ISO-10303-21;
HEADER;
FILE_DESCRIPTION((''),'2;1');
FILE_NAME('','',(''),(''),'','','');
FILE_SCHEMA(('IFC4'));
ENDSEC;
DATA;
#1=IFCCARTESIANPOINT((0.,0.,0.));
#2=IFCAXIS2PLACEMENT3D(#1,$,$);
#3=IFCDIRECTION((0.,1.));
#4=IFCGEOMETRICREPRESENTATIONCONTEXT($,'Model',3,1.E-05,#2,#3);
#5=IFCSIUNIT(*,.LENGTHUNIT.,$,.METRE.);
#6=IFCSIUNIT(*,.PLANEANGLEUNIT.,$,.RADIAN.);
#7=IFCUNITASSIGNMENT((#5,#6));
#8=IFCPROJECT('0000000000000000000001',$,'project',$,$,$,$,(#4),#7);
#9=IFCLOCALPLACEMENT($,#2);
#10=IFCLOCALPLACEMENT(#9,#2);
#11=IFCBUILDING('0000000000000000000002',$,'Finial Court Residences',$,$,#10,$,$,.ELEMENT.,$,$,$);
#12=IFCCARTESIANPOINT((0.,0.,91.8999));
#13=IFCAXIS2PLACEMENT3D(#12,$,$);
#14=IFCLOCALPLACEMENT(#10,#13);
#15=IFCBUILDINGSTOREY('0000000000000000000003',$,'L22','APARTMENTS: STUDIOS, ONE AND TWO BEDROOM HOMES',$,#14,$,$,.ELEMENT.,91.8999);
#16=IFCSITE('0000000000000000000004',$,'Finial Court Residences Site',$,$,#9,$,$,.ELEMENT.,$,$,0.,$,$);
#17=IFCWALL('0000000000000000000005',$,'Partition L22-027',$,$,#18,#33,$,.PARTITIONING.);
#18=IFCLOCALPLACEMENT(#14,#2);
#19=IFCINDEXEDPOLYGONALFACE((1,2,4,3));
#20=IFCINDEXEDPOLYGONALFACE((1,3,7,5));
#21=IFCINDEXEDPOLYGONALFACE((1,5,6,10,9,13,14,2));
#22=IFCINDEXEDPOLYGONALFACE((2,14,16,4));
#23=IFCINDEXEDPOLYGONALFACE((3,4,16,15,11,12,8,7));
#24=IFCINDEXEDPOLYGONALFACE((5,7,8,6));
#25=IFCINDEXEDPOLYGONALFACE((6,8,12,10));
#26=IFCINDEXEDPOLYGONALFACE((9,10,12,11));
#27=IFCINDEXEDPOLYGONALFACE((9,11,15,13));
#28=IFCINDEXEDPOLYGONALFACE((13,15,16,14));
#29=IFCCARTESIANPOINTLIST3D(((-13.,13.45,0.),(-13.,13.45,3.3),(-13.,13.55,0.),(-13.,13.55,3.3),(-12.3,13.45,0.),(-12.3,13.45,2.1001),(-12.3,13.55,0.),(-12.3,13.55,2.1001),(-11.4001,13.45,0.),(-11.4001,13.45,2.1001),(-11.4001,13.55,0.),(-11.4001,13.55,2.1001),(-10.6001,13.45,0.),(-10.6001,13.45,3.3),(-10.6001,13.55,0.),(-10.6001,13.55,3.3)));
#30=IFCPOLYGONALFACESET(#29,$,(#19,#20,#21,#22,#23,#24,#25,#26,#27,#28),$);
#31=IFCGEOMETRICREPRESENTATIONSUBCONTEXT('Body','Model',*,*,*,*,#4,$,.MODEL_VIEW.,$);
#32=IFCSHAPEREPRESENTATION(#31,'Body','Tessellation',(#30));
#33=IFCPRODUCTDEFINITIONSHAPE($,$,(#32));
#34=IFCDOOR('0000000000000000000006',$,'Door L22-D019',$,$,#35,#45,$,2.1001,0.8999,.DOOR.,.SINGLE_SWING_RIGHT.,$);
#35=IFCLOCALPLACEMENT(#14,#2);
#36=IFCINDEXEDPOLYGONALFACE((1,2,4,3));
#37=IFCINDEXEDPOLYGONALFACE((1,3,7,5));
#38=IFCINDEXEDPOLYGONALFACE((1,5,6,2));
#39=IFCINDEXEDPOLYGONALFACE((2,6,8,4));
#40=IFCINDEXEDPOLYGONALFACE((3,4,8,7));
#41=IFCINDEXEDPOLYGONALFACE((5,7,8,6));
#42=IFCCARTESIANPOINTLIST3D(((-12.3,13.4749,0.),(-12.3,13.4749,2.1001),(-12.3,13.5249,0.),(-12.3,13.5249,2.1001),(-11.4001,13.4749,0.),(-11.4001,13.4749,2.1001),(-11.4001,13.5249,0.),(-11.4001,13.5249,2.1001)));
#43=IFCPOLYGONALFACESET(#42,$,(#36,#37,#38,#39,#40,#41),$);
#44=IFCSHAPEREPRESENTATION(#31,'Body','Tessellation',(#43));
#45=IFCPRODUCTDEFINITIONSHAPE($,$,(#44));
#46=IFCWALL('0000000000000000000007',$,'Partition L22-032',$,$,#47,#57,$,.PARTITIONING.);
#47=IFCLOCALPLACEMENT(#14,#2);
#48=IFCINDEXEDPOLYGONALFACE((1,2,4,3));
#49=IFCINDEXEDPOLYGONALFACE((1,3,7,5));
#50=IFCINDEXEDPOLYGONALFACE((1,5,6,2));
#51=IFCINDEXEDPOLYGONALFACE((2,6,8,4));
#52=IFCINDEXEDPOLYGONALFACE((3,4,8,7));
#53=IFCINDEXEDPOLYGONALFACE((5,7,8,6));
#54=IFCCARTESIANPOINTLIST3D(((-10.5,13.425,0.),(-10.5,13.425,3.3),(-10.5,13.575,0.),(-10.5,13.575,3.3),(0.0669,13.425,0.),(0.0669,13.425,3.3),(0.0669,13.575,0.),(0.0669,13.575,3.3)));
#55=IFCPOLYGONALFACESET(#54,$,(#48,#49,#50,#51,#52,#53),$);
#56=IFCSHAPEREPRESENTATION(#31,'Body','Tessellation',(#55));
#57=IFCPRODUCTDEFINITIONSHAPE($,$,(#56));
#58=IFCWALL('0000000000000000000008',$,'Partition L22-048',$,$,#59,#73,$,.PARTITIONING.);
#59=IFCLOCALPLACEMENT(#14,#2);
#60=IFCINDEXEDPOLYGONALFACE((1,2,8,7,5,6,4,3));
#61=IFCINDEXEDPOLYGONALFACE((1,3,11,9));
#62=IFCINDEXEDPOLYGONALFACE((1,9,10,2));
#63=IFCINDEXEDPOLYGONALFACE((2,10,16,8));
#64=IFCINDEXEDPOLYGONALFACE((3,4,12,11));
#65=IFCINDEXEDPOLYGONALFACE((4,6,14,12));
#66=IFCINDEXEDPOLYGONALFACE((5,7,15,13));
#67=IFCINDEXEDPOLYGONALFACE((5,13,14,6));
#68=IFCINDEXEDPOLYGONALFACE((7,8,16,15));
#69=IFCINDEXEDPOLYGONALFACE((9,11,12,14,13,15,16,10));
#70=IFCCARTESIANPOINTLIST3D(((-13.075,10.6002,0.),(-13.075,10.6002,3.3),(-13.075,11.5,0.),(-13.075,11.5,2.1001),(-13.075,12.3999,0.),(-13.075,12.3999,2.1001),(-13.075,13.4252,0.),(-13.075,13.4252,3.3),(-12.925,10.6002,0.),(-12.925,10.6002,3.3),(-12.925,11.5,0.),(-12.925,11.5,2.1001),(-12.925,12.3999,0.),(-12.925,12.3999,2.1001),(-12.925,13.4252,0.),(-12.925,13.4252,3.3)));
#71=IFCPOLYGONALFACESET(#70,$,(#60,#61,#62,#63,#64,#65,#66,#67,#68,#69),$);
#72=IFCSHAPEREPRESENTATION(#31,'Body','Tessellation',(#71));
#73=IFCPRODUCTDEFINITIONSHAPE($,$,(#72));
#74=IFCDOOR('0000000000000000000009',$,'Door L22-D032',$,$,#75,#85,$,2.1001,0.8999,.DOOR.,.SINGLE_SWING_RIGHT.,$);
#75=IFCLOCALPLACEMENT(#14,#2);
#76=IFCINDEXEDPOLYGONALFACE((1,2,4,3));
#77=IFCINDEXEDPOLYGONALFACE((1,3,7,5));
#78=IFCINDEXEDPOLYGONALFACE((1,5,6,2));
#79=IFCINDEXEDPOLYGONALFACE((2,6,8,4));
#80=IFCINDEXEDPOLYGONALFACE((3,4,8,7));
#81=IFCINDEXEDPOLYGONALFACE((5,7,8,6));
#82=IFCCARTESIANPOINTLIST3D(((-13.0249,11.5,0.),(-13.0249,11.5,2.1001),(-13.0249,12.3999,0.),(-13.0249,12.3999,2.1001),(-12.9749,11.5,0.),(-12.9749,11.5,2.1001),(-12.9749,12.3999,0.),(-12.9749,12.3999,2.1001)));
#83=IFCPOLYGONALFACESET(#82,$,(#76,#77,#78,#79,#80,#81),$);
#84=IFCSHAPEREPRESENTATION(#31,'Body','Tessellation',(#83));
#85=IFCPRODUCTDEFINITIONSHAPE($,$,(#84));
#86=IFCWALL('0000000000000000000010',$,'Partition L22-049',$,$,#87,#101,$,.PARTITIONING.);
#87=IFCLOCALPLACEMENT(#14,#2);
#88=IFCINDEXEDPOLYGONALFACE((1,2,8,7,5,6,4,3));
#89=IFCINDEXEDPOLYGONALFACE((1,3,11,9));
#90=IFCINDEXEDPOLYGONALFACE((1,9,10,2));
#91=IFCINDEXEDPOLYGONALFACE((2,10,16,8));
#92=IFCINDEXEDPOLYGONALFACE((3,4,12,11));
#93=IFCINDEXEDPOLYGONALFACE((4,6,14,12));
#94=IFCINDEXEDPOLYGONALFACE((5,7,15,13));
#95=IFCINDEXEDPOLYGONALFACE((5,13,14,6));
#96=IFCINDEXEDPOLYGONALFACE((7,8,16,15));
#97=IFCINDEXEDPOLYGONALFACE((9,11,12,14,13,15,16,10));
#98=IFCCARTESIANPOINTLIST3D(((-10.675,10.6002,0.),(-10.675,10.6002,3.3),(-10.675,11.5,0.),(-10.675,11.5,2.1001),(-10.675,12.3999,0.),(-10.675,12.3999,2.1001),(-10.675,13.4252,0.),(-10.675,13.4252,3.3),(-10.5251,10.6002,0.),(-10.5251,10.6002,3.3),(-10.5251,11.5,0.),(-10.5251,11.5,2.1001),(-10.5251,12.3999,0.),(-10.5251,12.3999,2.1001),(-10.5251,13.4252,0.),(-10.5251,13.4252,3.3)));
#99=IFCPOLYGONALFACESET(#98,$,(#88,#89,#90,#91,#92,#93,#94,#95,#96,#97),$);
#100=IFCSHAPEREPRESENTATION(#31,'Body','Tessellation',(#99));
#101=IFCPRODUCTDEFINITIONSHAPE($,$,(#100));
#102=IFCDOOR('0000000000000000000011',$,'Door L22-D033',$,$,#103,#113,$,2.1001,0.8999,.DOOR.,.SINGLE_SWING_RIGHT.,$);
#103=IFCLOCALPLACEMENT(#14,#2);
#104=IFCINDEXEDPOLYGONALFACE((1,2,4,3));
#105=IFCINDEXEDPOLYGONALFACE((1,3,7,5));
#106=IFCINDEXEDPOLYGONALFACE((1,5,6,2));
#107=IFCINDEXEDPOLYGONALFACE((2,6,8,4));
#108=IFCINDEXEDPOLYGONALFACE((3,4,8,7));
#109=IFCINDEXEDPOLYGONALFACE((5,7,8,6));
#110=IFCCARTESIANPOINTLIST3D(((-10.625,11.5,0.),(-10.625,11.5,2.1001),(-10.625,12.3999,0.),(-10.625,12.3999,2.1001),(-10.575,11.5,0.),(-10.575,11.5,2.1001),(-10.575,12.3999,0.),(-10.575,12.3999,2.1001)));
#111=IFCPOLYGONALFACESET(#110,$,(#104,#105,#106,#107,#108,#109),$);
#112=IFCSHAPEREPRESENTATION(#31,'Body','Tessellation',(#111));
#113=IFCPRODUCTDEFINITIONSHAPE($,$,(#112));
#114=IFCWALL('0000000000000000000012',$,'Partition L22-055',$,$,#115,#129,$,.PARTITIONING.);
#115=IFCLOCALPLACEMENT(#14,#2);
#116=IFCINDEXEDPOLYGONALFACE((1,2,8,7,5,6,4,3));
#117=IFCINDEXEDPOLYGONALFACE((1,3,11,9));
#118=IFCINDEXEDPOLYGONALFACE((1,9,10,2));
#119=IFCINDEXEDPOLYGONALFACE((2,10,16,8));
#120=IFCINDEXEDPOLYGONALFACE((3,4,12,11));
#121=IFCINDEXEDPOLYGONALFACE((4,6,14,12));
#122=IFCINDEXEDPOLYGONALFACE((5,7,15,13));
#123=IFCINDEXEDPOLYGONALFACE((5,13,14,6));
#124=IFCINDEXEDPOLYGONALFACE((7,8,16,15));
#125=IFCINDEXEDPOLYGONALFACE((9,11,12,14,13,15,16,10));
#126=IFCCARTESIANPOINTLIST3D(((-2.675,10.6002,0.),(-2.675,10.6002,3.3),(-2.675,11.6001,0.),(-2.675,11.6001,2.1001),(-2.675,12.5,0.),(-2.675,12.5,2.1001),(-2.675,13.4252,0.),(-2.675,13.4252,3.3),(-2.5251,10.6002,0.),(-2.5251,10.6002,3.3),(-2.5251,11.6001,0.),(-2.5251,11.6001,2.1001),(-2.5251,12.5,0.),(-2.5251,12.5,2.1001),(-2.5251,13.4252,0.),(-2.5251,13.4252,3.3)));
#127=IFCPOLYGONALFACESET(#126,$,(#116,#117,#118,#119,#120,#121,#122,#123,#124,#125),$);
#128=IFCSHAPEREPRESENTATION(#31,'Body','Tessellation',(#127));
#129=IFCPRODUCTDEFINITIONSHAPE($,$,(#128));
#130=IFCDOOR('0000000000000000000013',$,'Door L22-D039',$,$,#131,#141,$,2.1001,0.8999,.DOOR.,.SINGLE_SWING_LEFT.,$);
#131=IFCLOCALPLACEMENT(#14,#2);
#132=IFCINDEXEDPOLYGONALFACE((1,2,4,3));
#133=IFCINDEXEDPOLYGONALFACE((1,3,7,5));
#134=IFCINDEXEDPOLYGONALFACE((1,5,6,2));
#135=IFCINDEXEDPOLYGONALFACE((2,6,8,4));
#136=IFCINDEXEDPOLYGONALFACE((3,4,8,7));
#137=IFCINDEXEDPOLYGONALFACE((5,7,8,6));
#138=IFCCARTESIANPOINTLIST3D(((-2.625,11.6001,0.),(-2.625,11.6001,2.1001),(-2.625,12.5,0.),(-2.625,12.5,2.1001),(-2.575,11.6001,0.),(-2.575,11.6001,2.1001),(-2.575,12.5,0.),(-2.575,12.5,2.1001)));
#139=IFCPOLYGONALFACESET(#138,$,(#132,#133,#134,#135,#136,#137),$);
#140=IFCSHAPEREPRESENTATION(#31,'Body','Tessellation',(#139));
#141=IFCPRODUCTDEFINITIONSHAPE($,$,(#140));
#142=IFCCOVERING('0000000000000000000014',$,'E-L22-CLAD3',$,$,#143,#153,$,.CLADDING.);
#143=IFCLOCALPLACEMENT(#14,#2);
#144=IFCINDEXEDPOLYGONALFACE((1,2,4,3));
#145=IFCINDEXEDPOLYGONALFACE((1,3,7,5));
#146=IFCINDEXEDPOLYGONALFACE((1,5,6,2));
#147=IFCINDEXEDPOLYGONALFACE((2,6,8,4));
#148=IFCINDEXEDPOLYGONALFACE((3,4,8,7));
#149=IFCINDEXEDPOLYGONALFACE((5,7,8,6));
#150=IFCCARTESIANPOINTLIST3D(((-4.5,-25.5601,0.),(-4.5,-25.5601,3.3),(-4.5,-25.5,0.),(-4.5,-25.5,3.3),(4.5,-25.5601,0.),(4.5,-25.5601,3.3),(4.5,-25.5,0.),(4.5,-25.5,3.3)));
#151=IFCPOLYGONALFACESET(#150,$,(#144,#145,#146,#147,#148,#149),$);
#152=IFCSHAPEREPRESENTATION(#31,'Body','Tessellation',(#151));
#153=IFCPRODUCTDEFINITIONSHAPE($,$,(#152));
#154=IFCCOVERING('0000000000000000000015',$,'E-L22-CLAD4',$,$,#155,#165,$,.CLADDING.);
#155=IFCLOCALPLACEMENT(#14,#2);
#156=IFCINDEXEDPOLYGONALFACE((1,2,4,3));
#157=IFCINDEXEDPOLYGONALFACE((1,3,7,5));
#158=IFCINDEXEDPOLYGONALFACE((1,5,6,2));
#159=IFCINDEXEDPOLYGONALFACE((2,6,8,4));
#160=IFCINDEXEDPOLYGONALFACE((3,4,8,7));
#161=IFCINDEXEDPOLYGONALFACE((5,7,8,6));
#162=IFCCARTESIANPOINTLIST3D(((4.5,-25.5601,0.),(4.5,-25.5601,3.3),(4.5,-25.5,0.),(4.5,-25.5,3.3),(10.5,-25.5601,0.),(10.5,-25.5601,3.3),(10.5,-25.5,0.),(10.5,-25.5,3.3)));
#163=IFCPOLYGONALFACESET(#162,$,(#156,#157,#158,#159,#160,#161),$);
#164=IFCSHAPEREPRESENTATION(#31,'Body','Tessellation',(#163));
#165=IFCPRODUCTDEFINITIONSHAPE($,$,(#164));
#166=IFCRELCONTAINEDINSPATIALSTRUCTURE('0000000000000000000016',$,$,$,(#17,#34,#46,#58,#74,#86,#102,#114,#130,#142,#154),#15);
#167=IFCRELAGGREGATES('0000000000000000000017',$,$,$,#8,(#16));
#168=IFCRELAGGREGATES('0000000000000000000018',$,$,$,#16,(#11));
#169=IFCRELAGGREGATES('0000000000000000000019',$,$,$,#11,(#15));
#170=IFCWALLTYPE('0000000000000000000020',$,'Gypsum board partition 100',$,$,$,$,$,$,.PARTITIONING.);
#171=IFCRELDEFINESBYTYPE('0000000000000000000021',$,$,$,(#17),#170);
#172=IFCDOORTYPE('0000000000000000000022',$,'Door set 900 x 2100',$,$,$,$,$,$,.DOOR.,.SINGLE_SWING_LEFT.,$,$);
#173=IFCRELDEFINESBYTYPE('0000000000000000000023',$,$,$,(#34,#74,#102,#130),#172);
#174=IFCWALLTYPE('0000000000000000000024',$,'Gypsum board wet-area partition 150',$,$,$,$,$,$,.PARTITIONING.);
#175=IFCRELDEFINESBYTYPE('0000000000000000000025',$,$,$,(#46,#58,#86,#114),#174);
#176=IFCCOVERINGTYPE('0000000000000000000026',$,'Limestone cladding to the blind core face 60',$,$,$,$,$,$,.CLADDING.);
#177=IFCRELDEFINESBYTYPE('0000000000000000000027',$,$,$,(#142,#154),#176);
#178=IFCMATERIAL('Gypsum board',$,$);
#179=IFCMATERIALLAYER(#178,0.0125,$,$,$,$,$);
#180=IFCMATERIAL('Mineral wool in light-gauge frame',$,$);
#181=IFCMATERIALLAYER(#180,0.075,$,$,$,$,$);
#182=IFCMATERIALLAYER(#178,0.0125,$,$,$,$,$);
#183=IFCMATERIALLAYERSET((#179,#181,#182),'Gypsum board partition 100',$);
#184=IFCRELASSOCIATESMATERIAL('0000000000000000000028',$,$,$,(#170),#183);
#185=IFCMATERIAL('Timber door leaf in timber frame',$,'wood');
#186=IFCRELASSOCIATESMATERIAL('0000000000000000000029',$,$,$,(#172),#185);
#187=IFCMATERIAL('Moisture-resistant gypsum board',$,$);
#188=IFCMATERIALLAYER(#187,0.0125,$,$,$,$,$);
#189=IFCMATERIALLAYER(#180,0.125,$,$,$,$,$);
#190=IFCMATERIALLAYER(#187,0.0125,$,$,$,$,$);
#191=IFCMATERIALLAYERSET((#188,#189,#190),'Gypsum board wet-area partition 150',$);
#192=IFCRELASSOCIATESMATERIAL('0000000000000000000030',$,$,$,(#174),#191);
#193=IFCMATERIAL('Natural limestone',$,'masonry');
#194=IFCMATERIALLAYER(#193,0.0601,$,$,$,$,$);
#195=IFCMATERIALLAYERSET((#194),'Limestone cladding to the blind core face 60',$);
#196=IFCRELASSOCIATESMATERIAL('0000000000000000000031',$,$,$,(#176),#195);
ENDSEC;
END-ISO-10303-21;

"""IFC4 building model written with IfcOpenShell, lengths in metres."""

from ifc_helpers import new_model, si_unit, direction, frame, frame_2d, origin, place, context, subcontext, project, spatial, polyline, rectangle, outline, extrude, material, layer, layer_set, type_object, element, fill, save


model = new_model("IFC4")

# Units and contexts
model_context = context("Model", 3, precision=1e-05, world=origin(), true_north=direction((0.0, 1.0)))
body_context = subcontext(model_context, "Body", "Model", "MODEL_VIEW")
ifc_project = project(units=[si_unit("LENGTHUNIT", "METRE"), si_unit("PLANEANGLEUNIT", "RADIAN")], contexts=[model_context])

# Site, building, storey
site_placement = place(None, origin())
site = spatial("IfcSite", under=ifc_project, at=site_placement, Name="Finial Court Residences Site", CompositionType="ELEMENT", RefElevation=0.0)
building_placement = place(site_placement, origin())
building = spatial("IfcBuilding", under=site, at=building_placement, Name="Finial Court Residences", CompositionType="ELEMENT")
storey_placement = place(building_placement, frame((0.0, 0.0, 91.8999)))
storey = spatial("IfcBuildingStorey", under=building, at=storey_placement, Name="L22", Description="APARTMENTS: STUDIOS, ONE AND TWO BEDROOM HOMES", CompositionType="ELEMENT", Elevation=91.8999)

# Shared definitions
ifc_material_1 = material(Name="Gypsum board")

# Wall, opening, door
ifc_layer_1 = layer(ifc_material_1, 0.0125)
ifc_material_2 = material(Name="Mineral wool in light-gauge frame")
ifc_layer_2 = layer(ifc_material_2, 0.075)
ifc_layer_3 = layer(ifc_material_1, 0.0125)
ifc_layer_set_1 = layer_set([ifc_layer_1, ifc_layer_2, ifc_layer_3], Name="Gypsum board partition 100")
wall_type_1 = type_object("IfcWallType", Name="Gypsum board partition 100", PredefinedType="PARTITIONING", material=ifc_layer_set_1)
wall_1_placement = place(storey_placement, frame((-13.0, 13.5, 0.0), z_axis=(0.0, 0.0, 1.0), x_axis=(1.0, 0.0, 0.0)))
wall_1 = element("IfcWall", 1, at=wall_1_placement, inside=storey, type_object=wall_type_1, Name="Partition L22-027", PredefinedType="PARTITIONING", context=body_context, shape_type="SweptSolid", body=[
    extrude(rectangle(XDim=2.3999, YDim=0.1001, at=frame_2d((1.2, 0.0))), origin(), (0.0, 0.0, 1.0), 3.3),
])
opening_1_placement = place(wall_1_placement, frame((0.7, 0.0, 0.0)))
opening_1 = element("IfcOpeningElement", 2, at=opening_1_placement, cuts=wall_1, PredefinedType="OPENING", context=body_context, shape_type="SweptSolid", body=[
    extrude(rectangle(XDim=0.8999, YDim=2.1001, at=frame_2d((0.45, 1.05))), frame((0.0, 0.0601, 0.0), z_axis=(0.0, -1.0, 0.0), x_axis=(1.0, 0.0, 0.0)), (0.0, 0.0, 1.0), 0.1201),
])
ifc_material_3 = material(Name="Timber door leaf in timber frame", Category="wood")
door_type = type_object("IfcDoorType", Name="Door set 900 x 2100", OperationType="SINGLE_SWING_LEFT", PredefinedType="DOOR", material=ifc_material_3)
door_1_placement = place(opening_1_placement, origin())
door_1 = element("IfcDoor", 3, at=door_1_placement, inside=storey, type_object=door_type, Name="Door L22-D019", OperationType="SINGLE_SWING_RIGHT", OverallHeight=2.1001, OverallWidth=0.8999, PredefinedType="DOOR", context=body_context, shape_type="SweptSolid", body=[
    extrude(rectangle(XDim=0.8999, YDim=2.1001, at=frame_2d((0.45, 1.05))), frame((0.0, 0.0249, 0.0), z_axis=(0.0, -1.0, 0.0), x_axis=(1.0, 0.0, 0.0)), (0.0, 0.0, 1.0), 0.05),
])
fill(opening_1, door_1)

# Wall
ifc_material_4 = material(Name="Moisture-resistant gypsum board")
ifc_layer_4 = layer(ifc_material_4, 0.0125)
ifc_layer_5 = layer(ifc_material_2, 0.125)
ifc_layer_6 = layer(ifc_material_4, 0.0125)
ifc_layer_set_2 = layer_set([ifc_layer_4, ifc_layer_5, ifc_layer_6], Name="Gypsum board wet-area partition 150")
wall_type_2 = type_object("IfcWallType", Name="Gypsum board wet-area partition 150", PredefinedType="PARTITIONING", material=ifc_layer_set_2)
wall_2_placement = place(storey_placement, frame((-10.5, 13.5, 0.0), z_axis=(0.0, 0.0, 1.0), x_axis=(1.0, 0.0, 0.0)))
element("IfcWall", 4, at=wall_2_placement, inside=storey, type_object=wall_type_2, Name="Partition L22-032", PredefinedType="PARTITIONING", context=body_context, shape_type="SweptSolid", body=[
    extrude(rectangle(XDim=10.5669, YDim=0.1499, at=frame_2d((5.2834, 0.0))), origin(), (0.0, 0.0, 1.0), 3.3),
])

# Walls, openings, doors
wall_3_placement = place(storey_placement, frame((-13.0, 10.6001, 0.0), z_axis=(0.0, 0.0, 1.0), x_axis=(0.0, 1.0, 0.0)))
wall_3 = element("IfcWall", 5, at=wall_3_placement, inside=storey, type_object=wall_type_2, Name="Partition L22-048", PredefinedType="PARTITIONING", context=body_context, shape_type="SweptSolid", body=[
    extrude(rectangle(XDim=2.825, YDim=0.1499, at=frame_2d((1.4126, 0.0))), origin(), (0.0, 0.0, 1.0), 3.3),
])
opening_2_placement = place(wall_3_placement, frame((0.8999, 0.0, 0.0)))
opening_2 = element("IfcOpeningElement", 6, at=opening_2_placement, cuts=wall_3, PredefinedType="OPENING", context=body_context, shape_type="SweptSolid", body=[
    extrude(rectangle(XDim=0.8999, YDim=2.1001, at=frame_2d((0.45, 1.05))), frame((0.0, 0.085, 0.0), z_axis=(0.0, -1.0, 0.0), x_axis=(1.0, 0.0, 0.0)), (0.0, 0.0, 1.0), 0.1699),
])
door_2_placement = place(opening_2_placement, origin())
door_2 = element("IfcDoor", 7, at=door_2_placement, inside=storey, type_object=door_type, Name="Door L22-D032", OperationType="SINGLE_SWING_RIGHT", OverallHeight=2.1001, OverallWidth=0.8999, PredefinedType="DOOR", context=body_context, shape_type="SweptSolid", body=[
    extrude(rectangle(XDim=0.8999, YDim=2.1001, at=frame_2d((0.45, 1.05))), frame((0.0, 0.0249, 0.0), z_axis=(0.0, -1.0, 0.0), x_axis=(1.0, 0.0, 0.0)), (0.0, 0.0, 1.0), 0.05),
])
fill(opening_2, door_2)
wall_4_placement = place(storey_placement, frame((-10.6001, 10.6001, 0.0), z_axis=(0.0, 0.0, 1.0), x_axis=(0.0, 1.0, 0.0)))
wall_4 = element("IfcWall", 8, at=wall_4_placement, inside=storey, type_object=wall_type_2, Name="Partition L22-049", PredefinedType="PARTITIONING", context=body_context, shape_type="SweptSolid", body=[
    extrude(rectangle(XDim=2.825, YDim=0.1499, at=frame_2d((1.4126, 0.0))), origin(), (0.0, 0.0, 1.0), 3.3),
])
opening_3_placement = place(wall_4_placement, frame((0.8999, 0.0, 0.0)))
opening_3 = element("IfcOpeningElement", 9, at=opening_3_placement, cuts=wall_4, PredefinedType="OPENING", context=body_context, shape_type="SweptSolid", body=[
    extrude(rectangle(XDim=0.8999, YDim=2.1001, at=frame_2d((0.45, 1.05))), frame((0.0, 0.085, 0.0), z_axis=(0.0, -1.0, 0.0), x_axis=(1.0, 0.0, 0.0)), (0.0, 0.0, 1.0), 0.1699),
])
door_3_placement = place(opening_3_placement, origin())
door_3 = element("IfcDoor", 10, at=door_3_placement, inside=storey, type_object=door_type, Name="Door L22-D033", OperationType="SINGLE_SWING_RIGHT", OverallHeight=2.1001, OverallWidth=0.8999, PredefinedType="DOOR", context=body_context, shape_type="SweptSolid", body=[
    extrude(rectangle(XDim=0.8999, YDim=2.1001, at=frame_2d((0.45, 1.05))), frame((0.0, 0.0249, 0.0), z_axis=(0.0, -1.0, 0.0), x_axis=(1.0, 0.0, 0.0)), (0.0, 0.0, 1.0), 0.05),
])
fill(opening_3, door_3)
wall_5_placement = place(storey_placement, frame((-2.6001, 10.6001, 0.0), z_axis=(0.0, 0.0, 1.0), x_axis=(0.0, 1.0, 0.0)))
wall_5 = element("IfcWall", 11, at=wall_5_placement, inside=storey, type_object=wall_type_2, Name="Partition L22-055", PredefinedType="PARTITIONING", context=body_context, shape_type="SweptSolid", body=[
    extrude(rectangle(XDim=2.825, YDim=0.1499, at=frame_2d((1.4126, 0.0))), origin(), (0.0, 0.0, 1.0), 3.3),
])
opening_4_placement = place(wall_5_placement, frame((1.0, 0.0, 0.0)))
opening_4 = element("IfcOpeningElement", 12, at=opening_4_placement, cuts=wall_5, PredefinedType="OPENING", context=body_context, shape_type="SweptSolid", body=[
    extrude(rectangle(XDim=0.8999, YDim=2.1001, at=frame_2d((0.45, 1.05))), frame((0.0, 0.085, 0.0), z_axis=(0.0, -1.0, 0.0), x_axis=(1.0, 0.0, 0.0)), (0.0, 0.0, 1.0), 0.1699),
])
door_4_placement = place(opening_4_placement, origin())
door_4 = element("IfcDoor", 13, at=door_4_placement, inside=storey, type_object=door_type, Name="Door L22-D039", OperationType="SINGLE_SWING_LEFT", OverallHeight=2.1001, OverallWidth=0.8999, PredefinedType="DOOR", context=body_context, shape_type="SweptSolid", body=[
    extrude(rectangle(XDim=0.8999, YDim=2.1001, at=frame_2d((0.45, 1.05))), frame((0.0, 0.0249, 0.0), z_axis=(0.0, -1.0, 0.0), x_axis=(1.0, 0.0, 0.0)), (0.0, 0.0, 1.0), 0.05),
])
fill(opening_4, door_4)

# Coverings
ifc_material_5 = material(Name="Natural limestone", Category="masonry")
ifc_layer_7 = layer(ifc_material_5, 0.0601)
ifc_layer_set_3 = layer_set([ifc_layer_7], Name="Limestone cladding to the blind core face 60")
covering_type = type_object("IfcCoveringType", Name="Limestone cladding to the blind core face 60", PredefinedType="CLADDING", material=ifc_layer_set_3)
covering_1_placement = place(storey_placement, origin())
element("IfcCovering", 14, at=covering_1_placement, inside=storey, type_object=covering_type, Name="E-L22-CLAD3", PredefinedType="CLADDING", context=body_context, shape_type="SweptSolid", body=[
    extrude(outline(polyline([(4.5, -25.5601), (4.5, -25.5), (-4.5, -25.5), (-4.5, -25.5601), (4.5, -25.5601)])), origin(), (0.0, 0.0, 1.0), 3.3),
])
covering_2_placement = place(storey_placement, origin())
element("IfcCovering", 15, at=covering_2_placement, inside=storey, type_object=covering_type, Name="E-L22-CLAD4", PredefinedType="CLADDING", context=body_context, shape_type="SweptSolid", body=[
    extrude(outline(polyline([(10.5, -25.5601), (10.5, -25.5), (4.5, -25.5), (4.5, -25.5601), (10.5, -25.5601)])), origin(), (0.0, 0.0, 1.0), 3.3),
])

save(model, "model.ifc")
